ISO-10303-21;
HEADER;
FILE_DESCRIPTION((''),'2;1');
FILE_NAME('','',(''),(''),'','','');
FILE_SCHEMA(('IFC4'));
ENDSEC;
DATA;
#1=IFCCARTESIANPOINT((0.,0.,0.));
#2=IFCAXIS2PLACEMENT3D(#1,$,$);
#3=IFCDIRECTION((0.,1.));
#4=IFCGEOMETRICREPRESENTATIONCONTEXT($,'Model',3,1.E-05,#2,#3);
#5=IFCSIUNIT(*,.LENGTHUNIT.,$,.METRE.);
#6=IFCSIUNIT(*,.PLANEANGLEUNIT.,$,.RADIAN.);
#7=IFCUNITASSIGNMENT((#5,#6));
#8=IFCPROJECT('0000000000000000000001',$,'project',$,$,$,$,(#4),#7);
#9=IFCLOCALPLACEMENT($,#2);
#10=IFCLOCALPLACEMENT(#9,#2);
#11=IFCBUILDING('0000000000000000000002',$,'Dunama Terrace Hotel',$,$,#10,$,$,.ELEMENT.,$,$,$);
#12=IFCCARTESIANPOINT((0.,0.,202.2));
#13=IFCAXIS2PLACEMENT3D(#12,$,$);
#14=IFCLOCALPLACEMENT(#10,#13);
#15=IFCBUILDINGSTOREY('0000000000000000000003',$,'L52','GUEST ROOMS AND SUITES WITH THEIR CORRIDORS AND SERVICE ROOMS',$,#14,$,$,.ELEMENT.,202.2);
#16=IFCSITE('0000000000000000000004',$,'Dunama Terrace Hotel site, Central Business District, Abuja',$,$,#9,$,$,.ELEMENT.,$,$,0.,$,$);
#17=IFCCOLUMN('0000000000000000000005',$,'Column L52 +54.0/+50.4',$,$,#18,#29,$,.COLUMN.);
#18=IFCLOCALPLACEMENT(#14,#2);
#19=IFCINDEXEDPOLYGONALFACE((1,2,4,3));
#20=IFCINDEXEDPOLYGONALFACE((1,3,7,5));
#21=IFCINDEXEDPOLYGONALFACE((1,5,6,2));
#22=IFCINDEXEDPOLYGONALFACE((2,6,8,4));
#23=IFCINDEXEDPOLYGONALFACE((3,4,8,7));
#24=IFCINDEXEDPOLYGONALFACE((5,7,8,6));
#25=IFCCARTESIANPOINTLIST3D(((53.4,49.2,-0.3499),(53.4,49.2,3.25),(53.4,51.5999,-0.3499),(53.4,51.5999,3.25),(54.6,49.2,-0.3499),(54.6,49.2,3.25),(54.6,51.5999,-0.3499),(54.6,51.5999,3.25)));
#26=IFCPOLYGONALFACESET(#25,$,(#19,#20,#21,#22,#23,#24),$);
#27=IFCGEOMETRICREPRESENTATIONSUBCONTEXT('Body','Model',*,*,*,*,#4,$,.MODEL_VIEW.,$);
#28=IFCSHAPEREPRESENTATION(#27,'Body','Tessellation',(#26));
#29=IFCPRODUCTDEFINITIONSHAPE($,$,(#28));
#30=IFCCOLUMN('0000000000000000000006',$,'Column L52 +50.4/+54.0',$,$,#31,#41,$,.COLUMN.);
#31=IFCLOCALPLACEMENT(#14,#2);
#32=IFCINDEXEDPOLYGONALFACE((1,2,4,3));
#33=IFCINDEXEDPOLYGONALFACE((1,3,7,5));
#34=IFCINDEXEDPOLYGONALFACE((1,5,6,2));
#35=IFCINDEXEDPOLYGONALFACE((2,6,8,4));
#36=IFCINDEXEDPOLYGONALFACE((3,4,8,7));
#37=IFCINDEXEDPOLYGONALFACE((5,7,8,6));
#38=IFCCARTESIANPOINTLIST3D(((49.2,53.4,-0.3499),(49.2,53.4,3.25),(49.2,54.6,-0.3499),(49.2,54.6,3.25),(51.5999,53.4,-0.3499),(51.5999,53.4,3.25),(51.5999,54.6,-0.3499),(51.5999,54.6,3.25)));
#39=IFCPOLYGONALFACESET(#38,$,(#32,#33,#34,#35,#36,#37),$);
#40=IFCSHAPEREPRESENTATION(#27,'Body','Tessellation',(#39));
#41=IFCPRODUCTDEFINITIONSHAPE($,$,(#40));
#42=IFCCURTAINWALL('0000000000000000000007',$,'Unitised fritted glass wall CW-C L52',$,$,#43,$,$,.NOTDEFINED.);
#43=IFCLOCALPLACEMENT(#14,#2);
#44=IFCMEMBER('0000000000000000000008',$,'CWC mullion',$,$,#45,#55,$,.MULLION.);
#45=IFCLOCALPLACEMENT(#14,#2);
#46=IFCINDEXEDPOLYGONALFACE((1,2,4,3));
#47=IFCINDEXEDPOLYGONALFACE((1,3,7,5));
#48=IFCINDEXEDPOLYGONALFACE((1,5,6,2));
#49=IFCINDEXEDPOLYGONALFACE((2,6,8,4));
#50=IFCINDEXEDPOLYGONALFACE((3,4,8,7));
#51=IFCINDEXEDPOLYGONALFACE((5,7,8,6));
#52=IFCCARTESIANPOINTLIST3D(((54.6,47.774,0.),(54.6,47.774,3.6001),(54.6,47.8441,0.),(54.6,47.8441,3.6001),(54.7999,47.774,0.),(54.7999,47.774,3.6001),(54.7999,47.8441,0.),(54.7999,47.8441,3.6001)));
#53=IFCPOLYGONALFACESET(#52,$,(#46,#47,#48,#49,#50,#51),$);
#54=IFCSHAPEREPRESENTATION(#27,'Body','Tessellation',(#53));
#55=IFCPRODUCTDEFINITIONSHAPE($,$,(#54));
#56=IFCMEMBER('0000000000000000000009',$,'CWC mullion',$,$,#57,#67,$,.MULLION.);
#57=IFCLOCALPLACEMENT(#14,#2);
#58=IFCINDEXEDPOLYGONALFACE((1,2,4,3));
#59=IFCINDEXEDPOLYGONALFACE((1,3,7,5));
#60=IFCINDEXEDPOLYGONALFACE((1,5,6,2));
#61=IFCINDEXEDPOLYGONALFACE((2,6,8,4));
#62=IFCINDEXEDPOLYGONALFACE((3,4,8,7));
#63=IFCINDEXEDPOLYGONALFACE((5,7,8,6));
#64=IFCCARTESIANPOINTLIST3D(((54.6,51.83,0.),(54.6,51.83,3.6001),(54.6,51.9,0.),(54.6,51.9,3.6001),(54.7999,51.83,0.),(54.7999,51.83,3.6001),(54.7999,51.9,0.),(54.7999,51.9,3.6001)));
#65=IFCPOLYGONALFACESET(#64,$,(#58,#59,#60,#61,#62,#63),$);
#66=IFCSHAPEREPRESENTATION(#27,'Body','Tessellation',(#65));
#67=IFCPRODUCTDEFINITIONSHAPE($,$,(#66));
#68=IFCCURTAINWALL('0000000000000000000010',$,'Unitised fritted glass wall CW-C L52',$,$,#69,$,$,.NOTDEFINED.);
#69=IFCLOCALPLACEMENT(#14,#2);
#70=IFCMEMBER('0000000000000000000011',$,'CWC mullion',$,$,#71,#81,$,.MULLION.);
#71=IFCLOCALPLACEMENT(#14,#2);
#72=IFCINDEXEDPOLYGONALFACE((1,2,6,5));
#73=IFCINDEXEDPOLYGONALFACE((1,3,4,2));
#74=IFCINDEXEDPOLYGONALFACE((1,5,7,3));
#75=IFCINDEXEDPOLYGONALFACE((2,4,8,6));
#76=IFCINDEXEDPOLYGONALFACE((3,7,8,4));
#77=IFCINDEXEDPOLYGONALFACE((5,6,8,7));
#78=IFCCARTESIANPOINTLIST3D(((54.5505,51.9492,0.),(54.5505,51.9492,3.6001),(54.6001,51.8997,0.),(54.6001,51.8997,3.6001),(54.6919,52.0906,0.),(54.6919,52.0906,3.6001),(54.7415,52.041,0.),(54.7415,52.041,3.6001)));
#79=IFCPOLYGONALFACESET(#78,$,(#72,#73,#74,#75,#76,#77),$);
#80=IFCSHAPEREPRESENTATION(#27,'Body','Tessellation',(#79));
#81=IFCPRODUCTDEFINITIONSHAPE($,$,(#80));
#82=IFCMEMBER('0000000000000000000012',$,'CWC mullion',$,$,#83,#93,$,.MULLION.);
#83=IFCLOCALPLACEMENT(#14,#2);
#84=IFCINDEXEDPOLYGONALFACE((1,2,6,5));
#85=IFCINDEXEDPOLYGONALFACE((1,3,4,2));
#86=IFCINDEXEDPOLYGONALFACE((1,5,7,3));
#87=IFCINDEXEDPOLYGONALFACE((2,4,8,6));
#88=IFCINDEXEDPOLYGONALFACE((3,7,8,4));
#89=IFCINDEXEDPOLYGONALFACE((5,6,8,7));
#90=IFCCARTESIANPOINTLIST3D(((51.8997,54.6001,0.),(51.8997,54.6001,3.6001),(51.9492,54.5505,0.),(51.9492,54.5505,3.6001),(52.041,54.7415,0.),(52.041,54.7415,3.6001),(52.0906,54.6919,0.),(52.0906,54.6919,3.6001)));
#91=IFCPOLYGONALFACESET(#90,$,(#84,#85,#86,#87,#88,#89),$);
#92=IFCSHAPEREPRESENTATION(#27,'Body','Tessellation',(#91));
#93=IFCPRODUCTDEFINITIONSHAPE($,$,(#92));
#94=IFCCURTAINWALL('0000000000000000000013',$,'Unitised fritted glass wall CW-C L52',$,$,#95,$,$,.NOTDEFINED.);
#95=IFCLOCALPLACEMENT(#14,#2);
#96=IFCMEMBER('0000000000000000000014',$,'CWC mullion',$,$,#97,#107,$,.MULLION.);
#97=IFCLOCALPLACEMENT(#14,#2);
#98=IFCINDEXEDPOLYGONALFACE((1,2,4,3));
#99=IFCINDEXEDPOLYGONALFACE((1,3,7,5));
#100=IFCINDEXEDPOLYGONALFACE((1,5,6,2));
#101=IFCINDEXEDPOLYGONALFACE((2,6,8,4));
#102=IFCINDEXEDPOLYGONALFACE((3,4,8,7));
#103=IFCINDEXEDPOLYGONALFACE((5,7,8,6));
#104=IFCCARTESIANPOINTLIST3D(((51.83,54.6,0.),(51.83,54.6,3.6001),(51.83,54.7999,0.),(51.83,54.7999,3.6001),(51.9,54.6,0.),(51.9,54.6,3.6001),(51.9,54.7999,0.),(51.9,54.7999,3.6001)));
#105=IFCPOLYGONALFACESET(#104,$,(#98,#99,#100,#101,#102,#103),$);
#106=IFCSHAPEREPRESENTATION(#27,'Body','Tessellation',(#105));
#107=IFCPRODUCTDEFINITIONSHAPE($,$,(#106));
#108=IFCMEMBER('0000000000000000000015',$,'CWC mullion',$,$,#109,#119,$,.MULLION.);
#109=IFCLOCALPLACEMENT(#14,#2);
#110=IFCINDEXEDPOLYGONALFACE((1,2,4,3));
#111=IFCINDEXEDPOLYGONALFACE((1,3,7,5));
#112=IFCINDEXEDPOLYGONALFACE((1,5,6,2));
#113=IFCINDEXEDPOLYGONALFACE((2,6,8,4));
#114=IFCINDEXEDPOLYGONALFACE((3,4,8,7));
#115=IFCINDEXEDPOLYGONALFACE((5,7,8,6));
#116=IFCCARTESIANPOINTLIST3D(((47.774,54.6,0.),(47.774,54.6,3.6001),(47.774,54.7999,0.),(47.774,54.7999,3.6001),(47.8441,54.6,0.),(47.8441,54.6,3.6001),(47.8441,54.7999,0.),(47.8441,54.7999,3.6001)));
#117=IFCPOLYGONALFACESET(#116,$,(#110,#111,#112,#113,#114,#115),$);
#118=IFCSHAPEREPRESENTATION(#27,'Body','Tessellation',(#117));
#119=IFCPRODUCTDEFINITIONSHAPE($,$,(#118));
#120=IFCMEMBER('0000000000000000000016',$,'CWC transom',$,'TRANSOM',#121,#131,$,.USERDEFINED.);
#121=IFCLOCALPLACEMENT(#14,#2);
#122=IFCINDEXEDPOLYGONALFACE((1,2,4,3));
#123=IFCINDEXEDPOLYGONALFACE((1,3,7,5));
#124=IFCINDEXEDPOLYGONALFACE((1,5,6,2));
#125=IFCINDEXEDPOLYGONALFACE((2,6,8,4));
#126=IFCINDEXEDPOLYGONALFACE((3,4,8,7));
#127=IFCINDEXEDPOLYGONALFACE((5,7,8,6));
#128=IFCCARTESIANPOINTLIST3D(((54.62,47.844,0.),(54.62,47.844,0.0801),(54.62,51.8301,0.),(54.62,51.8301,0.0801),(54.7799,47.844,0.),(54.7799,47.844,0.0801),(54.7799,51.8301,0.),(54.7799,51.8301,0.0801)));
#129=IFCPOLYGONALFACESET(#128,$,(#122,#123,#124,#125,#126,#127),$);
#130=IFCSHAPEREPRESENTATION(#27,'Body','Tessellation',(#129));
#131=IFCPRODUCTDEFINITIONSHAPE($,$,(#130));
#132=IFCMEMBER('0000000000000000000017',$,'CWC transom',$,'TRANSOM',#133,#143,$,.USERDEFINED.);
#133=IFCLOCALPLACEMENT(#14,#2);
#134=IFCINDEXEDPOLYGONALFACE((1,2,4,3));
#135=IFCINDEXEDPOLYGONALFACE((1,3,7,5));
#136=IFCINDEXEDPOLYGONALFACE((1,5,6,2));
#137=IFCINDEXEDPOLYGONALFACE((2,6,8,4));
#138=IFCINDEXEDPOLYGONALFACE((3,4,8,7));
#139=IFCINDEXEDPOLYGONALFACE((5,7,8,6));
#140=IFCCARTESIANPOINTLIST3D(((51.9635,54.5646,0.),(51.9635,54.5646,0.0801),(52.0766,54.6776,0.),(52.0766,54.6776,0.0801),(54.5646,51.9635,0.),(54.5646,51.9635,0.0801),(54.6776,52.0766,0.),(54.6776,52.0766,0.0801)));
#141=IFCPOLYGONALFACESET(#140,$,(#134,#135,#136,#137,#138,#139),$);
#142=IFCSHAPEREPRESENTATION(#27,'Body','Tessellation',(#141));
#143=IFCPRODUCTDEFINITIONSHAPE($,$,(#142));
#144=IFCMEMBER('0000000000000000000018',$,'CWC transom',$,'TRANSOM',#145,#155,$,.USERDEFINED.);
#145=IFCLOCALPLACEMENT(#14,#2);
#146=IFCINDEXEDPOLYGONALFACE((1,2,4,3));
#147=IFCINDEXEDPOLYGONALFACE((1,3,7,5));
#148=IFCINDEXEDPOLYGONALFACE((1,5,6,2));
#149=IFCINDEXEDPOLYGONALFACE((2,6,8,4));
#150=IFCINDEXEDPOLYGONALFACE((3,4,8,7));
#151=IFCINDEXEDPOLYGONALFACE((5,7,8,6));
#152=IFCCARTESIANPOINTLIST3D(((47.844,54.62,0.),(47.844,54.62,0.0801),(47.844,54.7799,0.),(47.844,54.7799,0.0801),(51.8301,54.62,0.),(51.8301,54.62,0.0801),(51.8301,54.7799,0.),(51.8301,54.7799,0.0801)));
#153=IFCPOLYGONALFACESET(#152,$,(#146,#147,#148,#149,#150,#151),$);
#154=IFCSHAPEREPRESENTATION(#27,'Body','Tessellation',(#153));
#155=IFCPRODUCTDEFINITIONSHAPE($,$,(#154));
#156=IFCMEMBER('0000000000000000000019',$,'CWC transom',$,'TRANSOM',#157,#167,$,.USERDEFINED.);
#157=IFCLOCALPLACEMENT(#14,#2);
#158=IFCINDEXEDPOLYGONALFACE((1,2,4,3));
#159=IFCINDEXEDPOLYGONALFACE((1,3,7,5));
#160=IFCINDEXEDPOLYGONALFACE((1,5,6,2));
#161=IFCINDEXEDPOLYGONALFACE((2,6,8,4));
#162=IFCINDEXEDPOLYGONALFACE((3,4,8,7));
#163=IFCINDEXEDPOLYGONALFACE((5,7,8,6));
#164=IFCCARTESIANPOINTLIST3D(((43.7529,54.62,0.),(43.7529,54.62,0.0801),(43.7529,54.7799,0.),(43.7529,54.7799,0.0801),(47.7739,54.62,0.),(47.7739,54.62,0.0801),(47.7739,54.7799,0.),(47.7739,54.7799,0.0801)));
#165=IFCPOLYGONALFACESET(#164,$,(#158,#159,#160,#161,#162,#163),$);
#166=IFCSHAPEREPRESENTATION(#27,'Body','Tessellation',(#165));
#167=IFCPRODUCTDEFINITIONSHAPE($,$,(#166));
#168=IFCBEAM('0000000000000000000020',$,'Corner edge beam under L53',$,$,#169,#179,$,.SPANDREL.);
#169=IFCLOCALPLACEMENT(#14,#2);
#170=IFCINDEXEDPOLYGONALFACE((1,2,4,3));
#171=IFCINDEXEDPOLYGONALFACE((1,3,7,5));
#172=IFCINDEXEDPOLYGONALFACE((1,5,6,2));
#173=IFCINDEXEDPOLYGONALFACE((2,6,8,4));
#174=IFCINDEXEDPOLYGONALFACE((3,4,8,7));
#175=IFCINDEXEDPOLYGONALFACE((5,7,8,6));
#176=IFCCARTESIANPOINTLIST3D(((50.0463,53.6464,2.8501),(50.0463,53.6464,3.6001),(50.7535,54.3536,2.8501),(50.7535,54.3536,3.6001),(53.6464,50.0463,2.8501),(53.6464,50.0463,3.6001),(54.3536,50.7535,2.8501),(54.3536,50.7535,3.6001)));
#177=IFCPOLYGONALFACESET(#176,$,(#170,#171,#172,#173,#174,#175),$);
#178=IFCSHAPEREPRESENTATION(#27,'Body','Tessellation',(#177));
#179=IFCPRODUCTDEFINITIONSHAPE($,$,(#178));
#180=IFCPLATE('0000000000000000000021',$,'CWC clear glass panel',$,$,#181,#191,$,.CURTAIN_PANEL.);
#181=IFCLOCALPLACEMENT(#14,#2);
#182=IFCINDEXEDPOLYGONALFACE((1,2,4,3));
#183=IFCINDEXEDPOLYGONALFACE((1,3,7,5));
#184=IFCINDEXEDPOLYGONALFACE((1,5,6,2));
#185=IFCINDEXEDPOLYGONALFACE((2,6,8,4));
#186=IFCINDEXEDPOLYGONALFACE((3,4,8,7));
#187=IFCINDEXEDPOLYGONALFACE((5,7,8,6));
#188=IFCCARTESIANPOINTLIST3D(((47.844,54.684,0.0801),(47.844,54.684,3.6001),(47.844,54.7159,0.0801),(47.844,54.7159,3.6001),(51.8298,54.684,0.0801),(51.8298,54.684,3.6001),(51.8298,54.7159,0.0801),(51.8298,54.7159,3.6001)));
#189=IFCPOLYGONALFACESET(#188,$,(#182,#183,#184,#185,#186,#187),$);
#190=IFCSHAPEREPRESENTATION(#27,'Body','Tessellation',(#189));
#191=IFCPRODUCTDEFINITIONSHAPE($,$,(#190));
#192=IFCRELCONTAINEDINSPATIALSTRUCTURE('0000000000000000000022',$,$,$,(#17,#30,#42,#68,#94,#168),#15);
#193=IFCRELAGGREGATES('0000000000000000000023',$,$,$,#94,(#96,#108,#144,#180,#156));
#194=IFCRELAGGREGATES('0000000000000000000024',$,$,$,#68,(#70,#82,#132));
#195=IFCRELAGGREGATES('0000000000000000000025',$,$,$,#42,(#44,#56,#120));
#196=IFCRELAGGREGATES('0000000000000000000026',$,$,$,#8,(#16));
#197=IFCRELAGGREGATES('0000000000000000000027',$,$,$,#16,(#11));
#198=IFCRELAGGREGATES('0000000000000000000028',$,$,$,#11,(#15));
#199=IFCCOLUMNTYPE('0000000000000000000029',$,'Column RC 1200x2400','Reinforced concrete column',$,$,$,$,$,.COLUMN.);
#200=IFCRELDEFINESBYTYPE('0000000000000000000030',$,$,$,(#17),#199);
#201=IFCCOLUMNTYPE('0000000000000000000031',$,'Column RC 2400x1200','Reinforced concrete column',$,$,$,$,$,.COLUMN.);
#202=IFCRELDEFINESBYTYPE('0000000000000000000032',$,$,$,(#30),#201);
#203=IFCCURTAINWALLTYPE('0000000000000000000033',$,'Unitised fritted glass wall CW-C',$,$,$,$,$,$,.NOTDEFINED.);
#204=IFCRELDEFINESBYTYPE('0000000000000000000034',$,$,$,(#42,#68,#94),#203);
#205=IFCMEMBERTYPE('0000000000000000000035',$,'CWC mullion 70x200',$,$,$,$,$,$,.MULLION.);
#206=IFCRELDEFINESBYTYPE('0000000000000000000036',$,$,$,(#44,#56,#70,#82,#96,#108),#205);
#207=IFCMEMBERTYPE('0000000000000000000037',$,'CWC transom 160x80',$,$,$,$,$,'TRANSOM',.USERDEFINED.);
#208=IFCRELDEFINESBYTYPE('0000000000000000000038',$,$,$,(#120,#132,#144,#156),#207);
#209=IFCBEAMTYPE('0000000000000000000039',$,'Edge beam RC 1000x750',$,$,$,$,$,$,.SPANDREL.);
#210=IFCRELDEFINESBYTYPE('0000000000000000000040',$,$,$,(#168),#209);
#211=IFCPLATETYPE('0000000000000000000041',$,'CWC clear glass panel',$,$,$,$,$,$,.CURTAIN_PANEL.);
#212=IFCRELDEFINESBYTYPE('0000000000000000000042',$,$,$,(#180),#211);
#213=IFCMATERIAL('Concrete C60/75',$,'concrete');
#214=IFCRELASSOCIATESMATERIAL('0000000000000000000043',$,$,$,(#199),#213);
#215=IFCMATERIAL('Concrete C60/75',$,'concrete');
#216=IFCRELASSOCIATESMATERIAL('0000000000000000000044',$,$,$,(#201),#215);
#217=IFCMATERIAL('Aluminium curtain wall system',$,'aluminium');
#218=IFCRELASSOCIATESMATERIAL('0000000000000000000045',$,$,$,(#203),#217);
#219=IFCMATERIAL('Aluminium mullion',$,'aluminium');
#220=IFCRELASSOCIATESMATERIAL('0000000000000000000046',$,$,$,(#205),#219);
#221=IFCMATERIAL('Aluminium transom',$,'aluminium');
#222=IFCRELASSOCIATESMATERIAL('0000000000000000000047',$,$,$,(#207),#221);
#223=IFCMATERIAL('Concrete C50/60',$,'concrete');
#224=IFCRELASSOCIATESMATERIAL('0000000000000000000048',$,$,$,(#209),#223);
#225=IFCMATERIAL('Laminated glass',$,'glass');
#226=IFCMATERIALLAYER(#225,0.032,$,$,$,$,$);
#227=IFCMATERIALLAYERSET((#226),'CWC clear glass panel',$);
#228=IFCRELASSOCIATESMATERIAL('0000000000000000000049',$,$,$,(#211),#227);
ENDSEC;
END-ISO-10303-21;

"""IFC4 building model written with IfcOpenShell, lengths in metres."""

from ifc_helpers import new_model, si_unit, direction, frame, origin, origin_2d, place, context, subcontext, project, spatial, rectangle, extrude, material, layer, layer_set, material_profile, profile_set, type_object, element, aggregate, save


model = new_model("IFC4")

# Units and contexts
model_context = context("Model", 3, precision=1e-05, world=origin(), true_north=direction((0.0, 1.0)))
body_context = subcontext(model_context, "Body", "Model", "MODEL_VIEW")
ifc_project = project(units=[si_unit("LENGTHUNIT", "METRE"), si_unit("PLANEANGLEUNIT", "RADIAN")], contexts=[model_context])

# Site, building, storey
site_placement = place(None, origin())
site = spatial("IfcSite", under=ifc_project, at=site_placement, Name="Dunama Terrace Hotel site, Central Business District, Abuja", CompositionType="ELEMENT", RefElevation=0.0)
building_placement = place(site_placement, origin())
building = spatial("IfcBuilding", under=site, at=building_placement, Name="Dunama Terrace Hotel", CompositionType="ELEMENT")
storey_placement = place(building_placement, frame((0.0, 0.0, 202.2)))
storey = spatial("IfcBuildingStorey", under=building, at=storey_placement, Name="L52", Description="GUEST ROOMS AND SUITES WITH THEIR CORRIDORS AND SERVICE ROOMS", CompositionType="ELEMENT", Elevation=202.2)

# Columns
ifc_material_1 = material(Name="Concrete C60/75", Category="concrete")
ifc_material_profile_1 = material_profile(ifc_material_1, rectangle(XDim=1.2, YDim=2.3999, at=origin_2d()), Name="RC 1200x2400")
ifc_profile_set_1 = profile_set([ifc_material_profile_1], Name="Concrete C60/75")
column_type_1 = type_object("IfcColumnType", Name="Column RC 1200x2400", Description="Reinforced concrete column", PredefinedType="COLUMN", material=ifc_profile_set_1)
column_1_placement = place(storey_placement, frame((54.0, 50.3999, -0.3499), z_axis=(0.0, 0.0, 1.0), x_axis=(1.0, 0.0, 0.0)))
element("IfcColumn", 1, at=column_1_placement, inside=storey, type_object=column_type_1, Name="Column L52 +54.0/+50.4", PredefinedType="COLUMN", context=body_context, shape_type="SweptSolid", body=[
    extrude(rectangle(XDim=1.2, YDim=2.3999, at=origin_2d()), origin(), (0.0, 0.0, 1.0), 3.5999),
])
ifc_material_2 = material(Name="Concrete C60/75", Category="concrete")
ifc_material_profile_2 = material_profile(ifc_material_2, rectangle(XDim=2.3999, YDim=1.2, at=origin_2d()), Name="RC 2400x1200")
ifc_profile_set_2 = profile_set([ifc_material_profile_2], Name="Concrete C60/75")
column_type_2 = type_object("IfcColumnType", Name="Column RC 2400x1200", Description="Reinforced concrete column", PredefinedType="COLUMN", material=ifc_profile_set_2)
column_2_placement = place(storey_placement, frame((50.3999, 54.0, -0.3499), z_axis=(0.0, 0.0, 1.0), x_axis=(1.0, 0.0, 0.0)))
element("IfcColumn", 2, at=column_2_placement, inside=storey, type_object=column_type_2, Name="Column L52 +50.4/+54.0", PredefinedType="COLUMN", context=body_context, shape_type="SweptSolid", body=[
    extrude(rectangle(XDim=2.3999, YDim=1.2, at=origin_2d()), origin(), (0.0, 0.0, 1.0), 3.5999),
])

# Curtain walls, members
ifc_material_3 = material(Name="Aluminium curtain wall system", Category="aluminium")
curtain_wall_type = type_object("IfcCurtainWallType", Name="Unitised fritted glass wall CW-C", PredefinedType="NOTDEFINED", material=ifc_material_3)
curtain_wall_1_placement = place(storey_placement, origin())
curtain_wall_1 = element("IfcCurtainWall", 3, at=curtain_wall_1_placement, inside=storey, type_object=curtain_wall_type, Name="Unitised fritted glass wall CW-C L52", PredefinedType="NOTDEFINED")
ifc_material_4 = material(Name="Aluminium mullion", Category="aluminium")
ifc_material_profile_3 = material_profile(ifc_material_4, rectangle(XDim=0.0701, YDim=0.2, at=origin_2d()), Name="CWC MULLION 70X200")
ifc_profile_set_3 = profile_set([ifc_material_profile_3], Name="Aluminium mullion")
member_type_1 = type_object("IfcMemberType", Name="CWC mullion 70x200", PredefinedType="MULLION", material=ifc_profile_set_3)
member_1_placement = place(storey_placement, frame((54.7, 47.8091, 0.0), z_axis=(0.0, 0.0, 1.0), x_axis=(0.0, 1.0, 0.0)))
member_1 = element("IfcMember", 4, at=member_1_placement, type_object=member_type_1, Name="CWC mullion", PredefinedType="MULLION", context=body_context, shape_type="SweptSolid", body=[
    extrude(rectangle(XDim=0.0701, YDim=0.2, at=origin_2d()), origin(), (0.0, 0.0, 1.0), 3.6001),
])
member_2_placement = place(storey_placement, frame((54.7, 51.865, 0.0), z_axis=(0.0, 0.0, 1.0), x_axis=(0.0, 1.0, 0.0)))
member_2 = element("IfcMember", 5, at=member_2_placement, type_object=member_type_1, Name="CWC mullion", PredefinedType="MULLION", context=body_context, shape_type="SweptSolid", body=[
    extrude(rectangle(XDim=0.0701, YDim=0.2, at=origin_2d()), origin(), (0.0, 0.0, 1.0), 3.6001),
])
curtain_wall_2_placement = place(storey_placement, origin())
curtain_wall_2 = element("IfcCurtainWall", 6, at=curtain_wall_2_placement, inside=storey, type_object=curtain_wall_type, Name="Unitised fritted glass wall CW-C L52", PredefinedType="NOTDEFINED")
member_3_placement = place(storey_placement, frame((54.646, 51.9951, 0.0), z_axis=(0.0, 0.0, 1.0), x_axis=(-0.707107, 0.707107, 0.0)))
member_3 = element("IfcMember", 7, at=member_3_placement, type_object=member_type_1, Name="CWC mullion", PredefinedType="MULLION", context=body_context, shape_type="SweptSolid", body=[
    extrude(rectangle(XDim=0.0701, YDim=0.2, at=origin_2d()), origin(), (0.0, 0.0, 1.0), 3.6001),
])
member_4_placement = place(storey_placement, frame((51.9951, 54.646, 0.0), z_axis=(0.0, 0.0, 1.0), x_axis=(-0.707107, 0.707107, 0.0)))
member_4 = element("IfcMember", 8, at=member_4_placement, type_object=member_type_1, Name="CWC mullion", PredefinedType="MULLION", context=body_context, shape_type="SweptSolid", body=[
    extrude(rectangle(XDim=0.0701, YDim=0.2, at=origin_2d()), origin(), (0.0, 0.0, 1.0), 3.6001),
])
curtain_wall_3_placement = place(storey_placement, origin())
curtain_wall_3 = element("IfcCurtainWall", 9, at=curtain_wall_3_placement, inside=storey, type_object=curtain_wall_type, Name="Unitised fritted glass wall CW-C L52", PredefinedType="NOTDEFINED")
member_5_placement = place(storey_placement, frame((51.865, 54.7, 0.0), z_axis=(0.0, 0.0, 1.0), x_axis=(-1.0, 0.0, 0.0)))
member_5 = element("IfcMember", 10, at=member_5_placement, type_object=member_type_1, Name="CWC mullion", PredefinedType="MULLION", context=body_context, shape_type="SweptSolid", body=[
    extrude(rectangle(XDim=0.0701, YDim=0.2, at=origin_2d()), origin(), (0.0, 0.0, 1.0), 3.6001),
])
member_6_placement = place(storey_placement, frame((47.8091, 54.7, 0.0), z_axis=(0.0, 0.0, 1.0), x_axis=(-1.0, 0.0, 0.0)))
member_6 = element("IfcMember", 11, at=member_6_placement, type_object=member_type_1, Name="CWC mullion", PredefinedType="MULLION", context=body_context, shape_type="SweptSolid", body=[
    extrude(rectangle(XDim=0.0701, YDim=0.2, at=origin_2d()), origin(), (0.0, 0.0, 1.0), 3.6001),
])

# Members
ifc_material_5 = material(Name="Aluminium transom", Category="aluminium")
ifc_material_profile_4 = material_profile(ifc_material_5, rectangle(XDim=0.1599, YDim=0.0801, at=origin_2d()), Name="CWC TRANSOM 160X80")
ifc_profile_set_4 = profile_set([ifc_material_profile_4], Name="Aluminium transom")
member_type_2 = type_object("IfcMemberType", Name="CWC transom 160x80", ElementType="TRANSOM", PredefinedType="USERDEFINED", material=ifc_profile_set_4)
member_7_placement = place(storey_placement, frame((54.7, 47.844, 0.04), z_axis=(0.0, 1.0, 0.0), x_axis=(-1.0, 0.0, 0.0)))
member_7 = element("IfcMember", 12, at=member_7_placement, type_object=member_type_2, Name="CWC transom", ObjectType="TRANSOM", PredefinedType="USERDEFINED", context=body_context, shape_type="SweptSolid", body=[
    extrude(rectangle(XDim=0.1599, YDim=0.0801, at=origin_2d()), origin(), (0.0, 0.0, 1.0), 3.9861),
])
member_8_placement = place(storey_placement, frame((54.6211, 52.02, 0.04), z_axis=(-0.707107, 0.707107, 0.0), x_axis=(-0.707107, -0.707107, 0.0)))
member_8 = element("IfcMember", 13, at=member_8_placement, type_object=member_type_2, Name="CWC transom", ObjectType="TRANSOM", PredefinedType="USERDEFINED", context=body_context, shape_type="SweptSolid", body=[
    extrude(rectangle(XDim=0.1599, YDim=0.0801, at=origin_2d()), origin(), (0.0, 0.0, 1.0), 3.6785),
])
member_9_placement = place(storey_placement, frame((51.8301, 54.7, 0.04), z_axis=(-1.0, 0.0, 0.0), x_axis=(0.0, -1.0, 0.0)))
member_9 = element("IfcMember", 14, at=member_9_placement, type_object=member_type_2, Name="CWC transom", ObjectType="TRANSOM", PredefinedType="USERDEFINED", context=body_context, shape_type="SweptSolid", body=[
    extrude(rectangle(XDim=0.1599, YDim=0.0801, at=origin_2d()), origin(), (0.0, 0.0, 1.0), 3.9861),
])
member_10_placement = place(storey_placement, frame((47.7739, 54.7, 0.04), z_axis=(-1.0, 0.0, 0.0), x_axis=(0.0, -1.0, 0.0)))
member_10 = element("IfcMember", 15, at=member_10_placement, type_object=member_type_2, Name="CWC transom", ObjectType="TRANSOM", PredefinedType="USERDEFINED", context=body_context, shape_type="SweptSolid", body=[
    extrude(rectangle(XDim=0.1599, YDim=0.0801, at=origin_2d()), origin(), (0.0, 0.0, 1.0), 4.021),
])

# Beam
ifc_material_6 = material(Name="Concrete C50/60", Category="concrete")
ifc_material_profile_5 = material_profile(ifc_material_6, rectangle(XDim=1.0, YDim=0.75, at=origin_2d()), Name="RC 1000x750")
ifc_profile_set_5 = profile_set([ifc_material_profile_5], Name="Concrete C50/60")
beam_type = type_object("IfcBeamType", Name="Edge beam RC 1000x750", PredefinedType="SPANDREL", material=ifc_profile_set_5)
beam_placement = place(storey_placement, frame((50.3999, 54.0, 3.2251), z_axis=(0.707107, -0.707107, 0.0), x_axis=(0.707107, 0.707107, 0.0)))
element("IfcBeam", 16, at=beam_placement, inside=storey, type_object=beam_type, Name="Corner edge beam under L53", PredefinedType="SPANDREL", context=body_context, shape_type="SweptSolid", body=[
    extrude(rectangle(XDim=1.0, YDim=0.75, at=origin_2d()), origin(), (0.0, 0.0, 1.0), 5.0913),
])

# Plate
ifc_material_7 = material(Name="Laminated glass", Category="glass")
ifc_layer_1 = layer(ifc_material_7, 0.032)
ifc_layer_set_1 = layer_set([ifc_layer_1], Name="CWC clear glass panel")
plate_type_1 = type_object("IfcPlateType", Name="CWC clear glass panel", PredefinedType="CURTAIN_PANEL", material=ifc_layer_set_1)
plate_1_placement = place(storey_placement, frame((49.8369, 54.7, 0.0801), z_axis=(0.0, 0.0, 1.0), x_axis=(-1.0, 0.0, 0.0)))
plate_1 = element("IfcPlate", 17, at=plate_1_placement, type_object=plate_type_1, Name="CWC clear glass panel", PredefinedType="CURTAIN_PANEL", context=body_context, shape_type="SweptSolid", body=[
    extrude(rectangle(XDim=3.9858, YDim=0.032, at=origin_2d()), origin(), (0.0, 0.0, 1.0), 3.52),
])
aggregate(curtain_wall_3, [member_5, member_6, member_9, plate_1, member_10])
aggregate(curtain_wall_2, [member_3, member_4, member_8])
aggregate(curtain_wall_1, [member_1, member_2, member_7])

save(model, "model.ifc")
